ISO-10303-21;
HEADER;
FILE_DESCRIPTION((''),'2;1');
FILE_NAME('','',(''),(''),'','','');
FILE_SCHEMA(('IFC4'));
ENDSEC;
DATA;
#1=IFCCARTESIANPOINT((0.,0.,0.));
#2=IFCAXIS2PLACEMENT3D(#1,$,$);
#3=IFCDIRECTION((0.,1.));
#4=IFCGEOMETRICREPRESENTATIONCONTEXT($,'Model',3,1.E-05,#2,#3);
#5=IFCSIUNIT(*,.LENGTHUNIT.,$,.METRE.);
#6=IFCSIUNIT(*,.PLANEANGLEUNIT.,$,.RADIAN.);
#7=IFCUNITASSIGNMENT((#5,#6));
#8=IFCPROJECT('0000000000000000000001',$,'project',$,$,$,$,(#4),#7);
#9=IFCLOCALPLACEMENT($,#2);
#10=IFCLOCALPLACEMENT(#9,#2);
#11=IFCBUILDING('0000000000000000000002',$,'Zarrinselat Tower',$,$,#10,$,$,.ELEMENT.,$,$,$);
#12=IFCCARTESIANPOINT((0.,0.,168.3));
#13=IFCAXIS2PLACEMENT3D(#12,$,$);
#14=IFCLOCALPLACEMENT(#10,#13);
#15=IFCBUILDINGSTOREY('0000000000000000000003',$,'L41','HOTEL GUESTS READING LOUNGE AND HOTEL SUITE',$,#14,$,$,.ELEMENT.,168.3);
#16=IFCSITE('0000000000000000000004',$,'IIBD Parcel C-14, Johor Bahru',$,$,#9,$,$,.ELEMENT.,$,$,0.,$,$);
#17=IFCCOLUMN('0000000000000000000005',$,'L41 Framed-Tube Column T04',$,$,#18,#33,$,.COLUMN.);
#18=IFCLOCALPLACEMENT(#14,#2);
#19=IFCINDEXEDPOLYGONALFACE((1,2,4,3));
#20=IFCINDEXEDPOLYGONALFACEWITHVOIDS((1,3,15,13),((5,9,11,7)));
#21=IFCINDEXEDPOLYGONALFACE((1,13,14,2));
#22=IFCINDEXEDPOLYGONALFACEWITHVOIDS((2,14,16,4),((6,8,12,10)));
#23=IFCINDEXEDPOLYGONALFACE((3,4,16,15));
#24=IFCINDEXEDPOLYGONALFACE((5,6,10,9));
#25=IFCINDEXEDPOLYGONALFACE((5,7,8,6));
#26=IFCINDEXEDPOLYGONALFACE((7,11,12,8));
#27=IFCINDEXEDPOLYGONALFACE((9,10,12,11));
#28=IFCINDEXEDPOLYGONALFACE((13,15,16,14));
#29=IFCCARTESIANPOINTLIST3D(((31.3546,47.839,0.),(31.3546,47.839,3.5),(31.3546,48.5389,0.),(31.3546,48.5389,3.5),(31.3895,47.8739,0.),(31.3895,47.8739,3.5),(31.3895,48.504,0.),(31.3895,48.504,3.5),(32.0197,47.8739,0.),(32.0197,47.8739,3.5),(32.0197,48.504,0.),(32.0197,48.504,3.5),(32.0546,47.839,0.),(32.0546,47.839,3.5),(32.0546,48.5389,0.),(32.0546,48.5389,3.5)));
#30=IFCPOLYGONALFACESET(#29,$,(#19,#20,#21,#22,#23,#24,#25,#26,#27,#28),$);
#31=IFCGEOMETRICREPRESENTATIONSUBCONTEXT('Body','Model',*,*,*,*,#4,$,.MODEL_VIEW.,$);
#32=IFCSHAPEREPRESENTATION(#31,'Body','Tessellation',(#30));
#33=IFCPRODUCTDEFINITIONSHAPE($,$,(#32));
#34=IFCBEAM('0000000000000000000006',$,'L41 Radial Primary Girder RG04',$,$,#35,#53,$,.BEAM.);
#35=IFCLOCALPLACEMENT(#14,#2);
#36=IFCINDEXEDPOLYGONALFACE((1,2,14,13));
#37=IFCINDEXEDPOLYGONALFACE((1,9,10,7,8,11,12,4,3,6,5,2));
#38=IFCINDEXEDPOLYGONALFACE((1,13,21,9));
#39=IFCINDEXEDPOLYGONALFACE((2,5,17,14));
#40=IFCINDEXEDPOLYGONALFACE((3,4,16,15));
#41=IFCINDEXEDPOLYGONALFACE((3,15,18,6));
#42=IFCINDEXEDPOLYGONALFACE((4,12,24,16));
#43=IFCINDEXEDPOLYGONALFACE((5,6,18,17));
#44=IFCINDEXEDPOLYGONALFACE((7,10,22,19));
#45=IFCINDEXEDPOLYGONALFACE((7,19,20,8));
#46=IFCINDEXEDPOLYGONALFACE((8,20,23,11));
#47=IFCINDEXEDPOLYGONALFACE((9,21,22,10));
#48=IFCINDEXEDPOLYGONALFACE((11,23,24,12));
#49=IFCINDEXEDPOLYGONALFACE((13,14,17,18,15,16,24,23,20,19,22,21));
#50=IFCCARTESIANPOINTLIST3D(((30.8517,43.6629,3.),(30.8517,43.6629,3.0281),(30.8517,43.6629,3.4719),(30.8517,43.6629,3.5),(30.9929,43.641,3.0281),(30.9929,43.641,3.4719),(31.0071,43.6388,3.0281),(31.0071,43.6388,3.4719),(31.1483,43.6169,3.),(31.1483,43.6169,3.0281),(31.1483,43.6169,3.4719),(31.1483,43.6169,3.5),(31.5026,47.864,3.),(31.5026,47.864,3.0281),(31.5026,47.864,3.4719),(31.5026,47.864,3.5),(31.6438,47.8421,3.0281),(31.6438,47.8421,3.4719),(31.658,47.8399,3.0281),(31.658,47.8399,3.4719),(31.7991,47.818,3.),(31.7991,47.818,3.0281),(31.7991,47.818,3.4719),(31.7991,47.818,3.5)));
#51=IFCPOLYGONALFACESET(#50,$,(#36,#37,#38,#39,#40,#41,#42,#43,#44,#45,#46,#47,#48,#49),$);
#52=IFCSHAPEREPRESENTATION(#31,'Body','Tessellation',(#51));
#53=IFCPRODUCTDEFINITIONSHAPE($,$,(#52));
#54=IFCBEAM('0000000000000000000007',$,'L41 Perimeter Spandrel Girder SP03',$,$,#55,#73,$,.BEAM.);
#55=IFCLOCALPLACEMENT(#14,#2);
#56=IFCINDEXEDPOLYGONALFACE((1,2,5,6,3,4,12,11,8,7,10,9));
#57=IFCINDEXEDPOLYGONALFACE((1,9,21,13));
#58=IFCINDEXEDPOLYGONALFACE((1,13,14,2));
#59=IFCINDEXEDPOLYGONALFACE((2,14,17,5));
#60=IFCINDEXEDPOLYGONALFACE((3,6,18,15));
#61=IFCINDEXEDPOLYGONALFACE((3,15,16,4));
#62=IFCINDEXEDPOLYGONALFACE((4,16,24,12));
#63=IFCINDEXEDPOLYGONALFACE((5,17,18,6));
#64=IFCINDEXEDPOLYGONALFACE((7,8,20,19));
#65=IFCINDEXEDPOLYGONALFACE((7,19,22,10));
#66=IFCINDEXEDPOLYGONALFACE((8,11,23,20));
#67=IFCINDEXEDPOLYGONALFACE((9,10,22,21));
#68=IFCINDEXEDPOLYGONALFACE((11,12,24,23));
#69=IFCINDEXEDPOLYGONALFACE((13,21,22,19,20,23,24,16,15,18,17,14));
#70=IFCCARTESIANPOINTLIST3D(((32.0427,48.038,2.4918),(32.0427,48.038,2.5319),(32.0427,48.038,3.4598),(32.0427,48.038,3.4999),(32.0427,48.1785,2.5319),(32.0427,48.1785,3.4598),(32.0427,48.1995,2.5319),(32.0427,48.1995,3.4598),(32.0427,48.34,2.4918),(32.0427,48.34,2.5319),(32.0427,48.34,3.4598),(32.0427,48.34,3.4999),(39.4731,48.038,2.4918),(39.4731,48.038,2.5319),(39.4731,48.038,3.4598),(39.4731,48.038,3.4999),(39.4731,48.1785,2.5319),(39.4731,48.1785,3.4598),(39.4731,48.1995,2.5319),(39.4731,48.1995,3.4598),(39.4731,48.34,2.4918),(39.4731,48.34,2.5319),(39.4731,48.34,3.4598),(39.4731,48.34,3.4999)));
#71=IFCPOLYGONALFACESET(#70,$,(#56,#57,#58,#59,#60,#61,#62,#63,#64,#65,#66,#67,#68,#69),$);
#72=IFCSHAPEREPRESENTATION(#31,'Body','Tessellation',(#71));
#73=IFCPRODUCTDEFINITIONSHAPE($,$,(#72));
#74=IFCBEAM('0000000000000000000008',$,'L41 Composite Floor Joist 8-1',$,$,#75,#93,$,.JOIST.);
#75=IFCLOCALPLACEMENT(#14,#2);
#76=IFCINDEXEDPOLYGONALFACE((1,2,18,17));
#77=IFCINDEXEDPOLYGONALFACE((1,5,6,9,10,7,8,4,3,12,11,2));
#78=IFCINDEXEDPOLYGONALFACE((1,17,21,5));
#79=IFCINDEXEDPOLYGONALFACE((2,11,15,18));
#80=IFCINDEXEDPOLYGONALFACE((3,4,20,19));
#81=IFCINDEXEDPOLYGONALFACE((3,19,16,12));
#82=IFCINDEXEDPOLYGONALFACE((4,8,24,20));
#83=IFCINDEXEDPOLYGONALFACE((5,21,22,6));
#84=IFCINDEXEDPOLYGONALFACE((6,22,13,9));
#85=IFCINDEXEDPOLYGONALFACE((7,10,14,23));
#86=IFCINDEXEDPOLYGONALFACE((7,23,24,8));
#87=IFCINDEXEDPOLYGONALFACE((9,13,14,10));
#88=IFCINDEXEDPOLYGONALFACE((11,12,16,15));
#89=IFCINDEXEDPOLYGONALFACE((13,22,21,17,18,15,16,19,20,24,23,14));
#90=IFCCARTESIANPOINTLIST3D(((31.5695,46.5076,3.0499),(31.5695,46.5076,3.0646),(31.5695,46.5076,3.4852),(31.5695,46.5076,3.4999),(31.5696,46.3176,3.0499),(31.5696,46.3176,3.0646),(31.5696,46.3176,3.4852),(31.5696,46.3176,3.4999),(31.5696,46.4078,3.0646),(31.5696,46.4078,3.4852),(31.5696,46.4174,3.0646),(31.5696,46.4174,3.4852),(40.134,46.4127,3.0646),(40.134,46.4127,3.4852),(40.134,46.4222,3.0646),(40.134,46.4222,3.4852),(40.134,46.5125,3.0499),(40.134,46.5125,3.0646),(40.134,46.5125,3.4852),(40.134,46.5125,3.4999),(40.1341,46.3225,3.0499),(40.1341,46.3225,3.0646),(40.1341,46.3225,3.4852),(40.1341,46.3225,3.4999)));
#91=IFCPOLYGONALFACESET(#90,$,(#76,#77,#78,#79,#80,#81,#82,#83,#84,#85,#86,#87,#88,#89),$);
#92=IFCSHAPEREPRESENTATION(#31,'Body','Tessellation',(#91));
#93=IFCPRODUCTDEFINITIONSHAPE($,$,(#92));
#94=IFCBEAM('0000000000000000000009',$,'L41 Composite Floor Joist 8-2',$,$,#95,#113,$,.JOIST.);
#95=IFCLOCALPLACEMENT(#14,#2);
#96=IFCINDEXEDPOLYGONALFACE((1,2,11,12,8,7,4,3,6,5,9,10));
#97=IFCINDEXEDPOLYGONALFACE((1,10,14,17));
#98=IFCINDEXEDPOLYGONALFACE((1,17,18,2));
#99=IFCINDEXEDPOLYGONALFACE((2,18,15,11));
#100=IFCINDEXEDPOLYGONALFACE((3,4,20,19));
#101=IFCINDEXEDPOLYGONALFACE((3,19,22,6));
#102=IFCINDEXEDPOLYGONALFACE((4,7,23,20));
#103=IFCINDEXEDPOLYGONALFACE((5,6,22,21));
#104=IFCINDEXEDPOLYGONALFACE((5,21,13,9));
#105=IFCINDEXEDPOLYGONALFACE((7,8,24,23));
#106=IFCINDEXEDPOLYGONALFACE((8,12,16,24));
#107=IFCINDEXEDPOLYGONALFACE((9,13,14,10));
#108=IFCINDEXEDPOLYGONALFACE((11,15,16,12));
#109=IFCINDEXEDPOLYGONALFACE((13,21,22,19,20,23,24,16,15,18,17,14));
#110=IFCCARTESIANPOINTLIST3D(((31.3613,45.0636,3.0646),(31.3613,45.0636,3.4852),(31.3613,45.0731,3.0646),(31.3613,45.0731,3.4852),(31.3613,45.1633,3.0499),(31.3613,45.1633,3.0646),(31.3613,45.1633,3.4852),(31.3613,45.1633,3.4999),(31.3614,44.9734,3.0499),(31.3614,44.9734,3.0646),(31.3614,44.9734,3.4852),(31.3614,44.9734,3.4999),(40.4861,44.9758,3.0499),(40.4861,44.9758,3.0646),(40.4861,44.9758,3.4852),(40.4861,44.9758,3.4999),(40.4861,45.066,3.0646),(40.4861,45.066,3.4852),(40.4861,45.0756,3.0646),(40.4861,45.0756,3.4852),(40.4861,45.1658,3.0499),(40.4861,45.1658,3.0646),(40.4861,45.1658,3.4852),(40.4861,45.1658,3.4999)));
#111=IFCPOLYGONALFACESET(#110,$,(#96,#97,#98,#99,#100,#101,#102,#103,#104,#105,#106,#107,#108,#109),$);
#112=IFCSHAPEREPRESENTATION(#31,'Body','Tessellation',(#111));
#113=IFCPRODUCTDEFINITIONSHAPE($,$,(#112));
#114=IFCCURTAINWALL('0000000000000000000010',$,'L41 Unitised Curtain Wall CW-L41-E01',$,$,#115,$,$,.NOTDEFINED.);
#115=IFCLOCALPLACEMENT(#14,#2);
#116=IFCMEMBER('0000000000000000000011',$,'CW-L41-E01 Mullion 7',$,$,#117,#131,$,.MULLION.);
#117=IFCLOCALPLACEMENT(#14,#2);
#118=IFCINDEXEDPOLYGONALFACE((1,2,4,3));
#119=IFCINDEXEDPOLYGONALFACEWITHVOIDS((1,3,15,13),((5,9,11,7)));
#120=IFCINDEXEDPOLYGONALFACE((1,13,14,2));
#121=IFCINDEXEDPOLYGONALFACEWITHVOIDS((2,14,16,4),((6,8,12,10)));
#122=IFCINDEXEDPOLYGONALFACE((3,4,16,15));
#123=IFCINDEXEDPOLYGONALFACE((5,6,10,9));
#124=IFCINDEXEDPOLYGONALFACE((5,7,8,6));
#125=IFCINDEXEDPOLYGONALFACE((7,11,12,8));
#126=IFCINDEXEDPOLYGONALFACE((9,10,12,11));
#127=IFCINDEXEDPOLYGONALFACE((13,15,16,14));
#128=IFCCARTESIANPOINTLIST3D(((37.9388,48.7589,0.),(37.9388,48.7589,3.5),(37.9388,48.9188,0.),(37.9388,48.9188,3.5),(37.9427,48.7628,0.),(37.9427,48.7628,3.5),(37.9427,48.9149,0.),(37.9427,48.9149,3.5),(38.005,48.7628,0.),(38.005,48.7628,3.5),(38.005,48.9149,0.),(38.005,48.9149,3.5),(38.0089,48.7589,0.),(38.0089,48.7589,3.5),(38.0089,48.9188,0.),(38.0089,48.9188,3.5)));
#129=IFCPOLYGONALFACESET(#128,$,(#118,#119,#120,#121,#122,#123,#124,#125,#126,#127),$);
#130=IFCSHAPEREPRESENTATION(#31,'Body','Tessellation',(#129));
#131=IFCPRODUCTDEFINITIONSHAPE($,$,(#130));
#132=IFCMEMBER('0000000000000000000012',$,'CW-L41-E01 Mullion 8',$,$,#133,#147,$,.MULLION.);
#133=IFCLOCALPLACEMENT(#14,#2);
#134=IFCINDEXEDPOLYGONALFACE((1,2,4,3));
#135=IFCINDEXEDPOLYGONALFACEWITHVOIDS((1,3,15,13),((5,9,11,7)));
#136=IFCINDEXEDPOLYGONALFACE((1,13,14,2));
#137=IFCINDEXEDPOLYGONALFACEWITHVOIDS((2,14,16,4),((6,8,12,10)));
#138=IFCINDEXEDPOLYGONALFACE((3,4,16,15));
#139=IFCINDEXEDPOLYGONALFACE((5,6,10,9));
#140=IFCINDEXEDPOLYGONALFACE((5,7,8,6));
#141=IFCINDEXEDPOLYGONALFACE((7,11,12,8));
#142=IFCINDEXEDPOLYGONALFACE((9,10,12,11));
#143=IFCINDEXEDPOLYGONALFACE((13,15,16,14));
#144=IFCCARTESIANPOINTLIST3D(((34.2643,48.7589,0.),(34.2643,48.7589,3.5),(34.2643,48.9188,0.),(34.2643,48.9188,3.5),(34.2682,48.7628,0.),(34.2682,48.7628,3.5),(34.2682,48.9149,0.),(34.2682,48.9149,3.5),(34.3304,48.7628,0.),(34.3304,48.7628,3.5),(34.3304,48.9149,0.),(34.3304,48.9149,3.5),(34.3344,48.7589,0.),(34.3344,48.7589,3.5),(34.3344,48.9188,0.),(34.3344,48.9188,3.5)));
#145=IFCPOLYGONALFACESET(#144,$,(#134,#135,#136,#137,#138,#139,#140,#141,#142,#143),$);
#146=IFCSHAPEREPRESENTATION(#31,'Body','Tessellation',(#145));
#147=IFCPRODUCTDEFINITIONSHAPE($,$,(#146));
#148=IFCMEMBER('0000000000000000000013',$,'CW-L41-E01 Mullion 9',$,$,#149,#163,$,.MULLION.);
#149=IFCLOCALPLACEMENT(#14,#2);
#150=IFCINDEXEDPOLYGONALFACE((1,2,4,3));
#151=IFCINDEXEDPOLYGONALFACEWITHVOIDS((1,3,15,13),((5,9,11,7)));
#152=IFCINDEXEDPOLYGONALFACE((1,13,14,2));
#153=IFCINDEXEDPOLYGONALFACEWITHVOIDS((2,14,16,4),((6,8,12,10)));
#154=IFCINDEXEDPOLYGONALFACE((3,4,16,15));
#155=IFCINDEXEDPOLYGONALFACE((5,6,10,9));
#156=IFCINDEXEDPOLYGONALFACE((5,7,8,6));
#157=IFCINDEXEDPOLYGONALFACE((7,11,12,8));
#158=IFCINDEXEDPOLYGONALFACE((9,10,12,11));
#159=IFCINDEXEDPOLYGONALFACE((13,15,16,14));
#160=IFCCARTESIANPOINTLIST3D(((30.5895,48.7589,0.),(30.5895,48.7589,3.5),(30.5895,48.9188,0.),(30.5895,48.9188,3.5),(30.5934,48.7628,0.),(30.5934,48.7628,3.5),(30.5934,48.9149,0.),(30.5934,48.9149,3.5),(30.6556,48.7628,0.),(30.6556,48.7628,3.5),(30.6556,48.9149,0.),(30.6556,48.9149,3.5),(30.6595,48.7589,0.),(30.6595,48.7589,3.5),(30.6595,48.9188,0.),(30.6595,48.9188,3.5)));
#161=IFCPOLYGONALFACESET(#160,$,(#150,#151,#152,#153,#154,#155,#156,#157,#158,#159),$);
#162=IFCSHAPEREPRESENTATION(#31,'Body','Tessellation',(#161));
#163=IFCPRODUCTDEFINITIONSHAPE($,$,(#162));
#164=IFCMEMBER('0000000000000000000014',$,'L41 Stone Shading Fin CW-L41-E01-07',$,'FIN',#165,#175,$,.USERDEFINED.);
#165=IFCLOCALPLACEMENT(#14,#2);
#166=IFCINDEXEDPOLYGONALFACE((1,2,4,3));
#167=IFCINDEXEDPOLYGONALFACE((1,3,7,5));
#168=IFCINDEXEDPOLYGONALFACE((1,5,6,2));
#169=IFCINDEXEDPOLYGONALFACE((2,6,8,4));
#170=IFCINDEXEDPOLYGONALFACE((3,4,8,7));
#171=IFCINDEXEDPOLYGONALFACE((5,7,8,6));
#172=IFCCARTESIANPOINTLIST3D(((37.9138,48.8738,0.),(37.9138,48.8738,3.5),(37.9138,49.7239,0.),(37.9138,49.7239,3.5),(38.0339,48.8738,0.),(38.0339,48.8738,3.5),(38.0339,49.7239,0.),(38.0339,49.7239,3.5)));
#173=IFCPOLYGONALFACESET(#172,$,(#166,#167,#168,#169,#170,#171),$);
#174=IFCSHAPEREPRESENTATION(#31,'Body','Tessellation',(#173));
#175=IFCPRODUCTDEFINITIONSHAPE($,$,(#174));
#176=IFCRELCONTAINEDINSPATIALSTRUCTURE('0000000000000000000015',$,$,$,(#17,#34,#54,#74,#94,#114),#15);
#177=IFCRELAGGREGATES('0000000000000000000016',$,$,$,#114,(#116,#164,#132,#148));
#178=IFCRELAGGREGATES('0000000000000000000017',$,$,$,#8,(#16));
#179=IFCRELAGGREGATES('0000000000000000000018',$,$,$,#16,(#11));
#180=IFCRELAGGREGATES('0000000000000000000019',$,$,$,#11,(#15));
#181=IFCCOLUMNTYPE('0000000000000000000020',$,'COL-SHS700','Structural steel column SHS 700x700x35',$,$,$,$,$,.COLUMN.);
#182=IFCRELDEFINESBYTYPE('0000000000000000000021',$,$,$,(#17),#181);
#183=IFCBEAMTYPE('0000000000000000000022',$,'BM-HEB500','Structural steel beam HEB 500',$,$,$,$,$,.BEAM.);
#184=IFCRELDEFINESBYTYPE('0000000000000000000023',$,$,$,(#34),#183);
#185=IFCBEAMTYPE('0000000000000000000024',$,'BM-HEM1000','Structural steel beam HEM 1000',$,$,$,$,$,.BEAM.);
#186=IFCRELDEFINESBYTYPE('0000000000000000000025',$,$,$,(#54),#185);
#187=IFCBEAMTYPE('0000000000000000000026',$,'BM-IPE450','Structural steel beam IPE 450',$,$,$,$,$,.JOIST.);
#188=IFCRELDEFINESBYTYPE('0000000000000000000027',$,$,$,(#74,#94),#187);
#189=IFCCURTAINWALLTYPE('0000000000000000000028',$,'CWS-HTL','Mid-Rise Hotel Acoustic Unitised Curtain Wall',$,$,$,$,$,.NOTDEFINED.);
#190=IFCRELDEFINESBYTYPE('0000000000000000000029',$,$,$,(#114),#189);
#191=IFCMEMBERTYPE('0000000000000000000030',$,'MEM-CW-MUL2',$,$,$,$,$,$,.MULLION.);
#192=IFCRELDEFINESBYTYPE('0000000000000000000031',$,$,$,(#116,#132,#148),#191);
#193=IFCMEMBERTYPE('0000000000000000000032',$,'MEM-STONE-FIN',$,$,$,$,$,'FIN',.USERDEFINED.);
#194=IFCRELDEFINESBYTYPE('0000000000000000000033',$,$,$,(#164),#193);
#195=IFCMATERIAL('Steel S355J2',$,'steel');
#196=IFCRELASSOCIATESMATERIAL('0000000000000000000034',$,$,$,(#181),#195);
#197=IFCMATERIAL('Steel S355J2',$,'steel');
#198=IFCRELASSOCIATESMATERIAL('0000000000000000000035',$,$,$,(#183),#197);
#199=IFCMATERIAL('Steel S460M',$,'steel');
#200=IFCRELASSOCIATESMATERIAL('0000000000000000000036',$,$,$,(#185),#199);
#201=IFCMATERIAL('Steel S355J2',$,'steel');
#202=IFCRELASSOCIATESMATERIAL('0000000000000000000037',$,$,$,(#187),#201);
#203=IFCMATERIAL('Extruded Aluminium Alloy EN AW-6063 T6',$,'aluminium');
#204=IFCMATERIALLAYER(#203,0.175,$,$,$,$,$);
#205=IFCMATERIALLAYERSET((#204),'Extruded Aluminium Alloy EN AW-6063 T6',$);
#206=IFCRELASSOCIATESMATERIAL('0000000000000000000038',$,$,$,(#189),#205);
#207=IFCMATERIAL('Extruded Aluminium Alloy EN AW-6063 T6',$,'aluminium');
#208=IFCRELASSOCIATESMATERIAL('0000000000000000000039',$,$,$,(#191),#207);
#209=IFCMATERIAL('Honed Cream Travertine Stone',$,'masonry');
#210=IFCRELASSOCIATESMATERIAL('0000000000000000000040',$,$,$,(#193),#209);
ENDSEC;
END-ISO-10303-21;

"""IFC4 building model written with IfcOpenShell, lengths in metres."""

from ifc_helpers import new_model, si_unit, direction, frame, origin, origin_2d, place, context, subcontext, project, spatial, rectangle, hollow_rectangle, i_section, extrude, material, layer, layer_set, material_profile, profile_set, type_object, element, aggregate, save


model = new_model("IFC4")

# Units and contexts
model_context = context("Model", 3, precision=1e-05, world=origin(), true_north=direction((0.0, 1.0)))
body_context = subcontext(model_context, "Body", "Model", "MODEL_VIEW")
ifc_project = project(units=[si_unit("LENGTHUNIT", "METRE"), si_unit("PLANEANGLEUNIT", "RADIAN")], contexts=[model_context])

# Site, building, storey
site_placement = place(None, origin())
site = spatial("IfcSite", under=ifc_project, at=site_placement, Name="IIBD Parcel C-14, Johor Bahru", CompositionType="ELEMENT", RefElevation=0.0)
building_placement = place(site_placement, origin())
building = spatial("IfcBuilding", under=site, at=building_placement, Name="Zarrinselat Tower", CompositionType="ELEMENT")
storey_placement = place(building_placement, frame((0.0, 0.0, 168.3)))
storey = spatial("IfcBuildingStorey", under=building, at=storey_placement, Name="L41", Description="HOTEL GUESTS READING LOUNGE AND HOTEL SUITE", CompositionType="ELEMENT", Elevation=168.3)

# Column
ifc_material_1 = material(Name="Steel S355J2", Category="steel")
ifc_material_profile_1 = material_profile(ifc_material_1, hollow_rectangle(XDim=0.7, YDim=0.7, WallThickness=0.0349, at=origin_2d()), Name="SHS 700x700x35")
ifc_profile_set_1 = profile_set([ifc_material_profile_1], Name="Steel S355J2")
column_type = type_object("IfcColumnType", Name="COL-SHS700", Description="Structural steel column SHS 700x700x35", PredefinedType="COLUMN", material=ifc_profile_set_1)
column_placement = place(storey_placement, frame((31.7046, 48.189, 0.0), z_axis=(0.0, 0.0, 1.0), x_axis=(1.0, 0.0, 0.0)))
element("IfcColumn", 1, at=column_placement, inside=storey, type_object=column_type, Name="L41 Framed-Tube Column T04", PredefinedType="COLUMN", context=body_context, shape_type="SweptSolid", body=[
    extrude(hollow_rectangle(XDim=0.7, YDim=0.7, WallThickness=0.0349, at=origin_2d()), origin(), (0.0, 0.0, 1.0), 3.5),
])

# Beams
ifc_material_2 = material(Name="Steel S355J2", Category="steel")
ifc_material_profile_2 = material_profile(ifc_material_2, i_section(OverallWidth=0.3, OverallDepth=0.5, WebThickness=0.0144, FlangeThickness=0.0281, at=origin_2d()), Name="HEB 500")
ifc_profile_set_2 = profile_set([ifc_material_profile_2], Name="Steel S355J2")
beam_type_1 = type_object("IfcBeamType", Name="BM-HEB500", Description="Structural steel beam HEB 500", PredefinedType="BEAM", material=ifc_profile_set_2)
beam_1_placement = place(storey_placement, frame((31.0, 43.6399, 3.25), z_axis=(0.153101, 0.98821, 0.0), x_axis=(-0.98821, 0.153101, 0.0)))
element("IfcBeam", 2, at=beam_1_placement, inside=storey, type_object=beam_type_1, Name="L41 Radial Primary Girder RG04", PredefinedType="BEAM", context=body_context, shape_type="SweptSolid", body=[
    extrude(i_section(OverallWidth=0.3, OverallDepth=0.5, WebThickness=0.0144, FlangeThickness=0.0281, at=origin_2d()), origin(), (0.0, 0.0, 1.0), 4.2512),
])
ifc_material_3 = material(Name="Steel S460M", Category="steel")
ifc_material_profile_3 = material_profile(ifc_material_3, i_section(OverallWidth=0.302, OverallDepth=1.0081, WebThickness=0.021, FlangeThickness=0.04, at=origin_2d()), Name="HEM 1000")
ifc_profile_set_3 = profile_set([ifc_material_profile_3], Name="Steel S460M")
beam_type_2 = type_object("IfcBeamType", Name="BM-HEM1000", Description="Structural steel beam HEM 1000", PredefinedType="BEAM", material=ifc_profile_set_3)
beam_2_placement = place(storey_placement, frame((32.0427, 48.189, 2.9958), z_axis=(1.0, 0.0, 0.0), x_axis=(0.0, 1.0, 0.0)))
element("IfcBeam", 3, at=beam_2_placement, inside=storey, type_object=beam_type_2, Name="L41 Perimeter Spandrel Girder SP03", PredefinedType="BEAM", context=body_context, shape_type="SweptSolid", body=[
    extrude(i_section(OverallWidth=0.302, OverallDepth=1.0081, WebThickness=0.021, FlangeThickness=0.04, at=origin_2d()), origin(), (0.0, 0.0, 1.0), 7.4304),
])
ifc_material_4 = material(Name="Steel S355J2", Category="steel")
ifc_material_profile_4 = material_profile(ifc_material_4, i_section(OverallWidth=0.1899, OverallDepth=0.45, WebThickness=0.0095, FlangeThickness=0.0146, at=origin_2d()), Name="IPE 450")
ifc_profile_set_4 = profile_set([ifc_material_profile_4], Name="Steel S355J2")
beam_type_3 = type_object("IfcBeamType", Name="BM-IPE450", Description="Structural steel beam IPE 450", PredefinedType="JOIST", material=ifc_profile_set_4)
beam_3_placement = place(storey_placement, frame((31.5696, 46.4126, 3.2749), z_axis=(1.0, 0.00057, 0.0), x_axis=(-0.00057, 1.0, 0.0)))
element("IfcBeam", 4, at=beam_3_placement, inside=storey, type_object=beam_type_3, Name="L41 Composite Floor Joist 8-1", PredefinedType="JOIST", context=body_context, shape_type="SweptSolid", body=[
    extrude(i_section(OverallWidth=0.1899, OverallDepth=0.45, WebThickness=0.0095, FlangeThickness=0.0146, at=origin_2d()), origin(), (0.0, 0.0, 1.0), 8.5645),
])
beam_4_placement = place(storey_placement, frame((31.3613, 45.0684, 3.2749), z_axis=(1.0, 0.000268, 0.0), x_axis=(-0.000268, 1.0, 0.0)))
element("IfcBeam", 5, at=beam_4_placement, inside=storey, type_object=beam_type_3, Name="L41 Composite Floor Joist 8-2", PredefinedType="JOIST", context=body_context, shape_type="SweptSolid", body=[
    extrude(i_section(OverallWidth=0.1899, OverallDepth=0.45, WebThickness=0.0095, FlangeThickness=0.0146, at=origin_2d()), origin(), (0.0, 0.0, 1.0), 9.1248),
])

# Curtain wall, members
ifc_material_5 = material(Name="Extruded Aluminium Alloy EN AW-6063 T6", Category="aluminium")
ifc_layer_1 = layer(ifc_material_5, 0.175)
ifc_layer_set_1 = layer_set([ifc_layer_1], Name="Extruded Aluminium Alloy EN AW-6063 T6")
curtain_wall_type = type_object("IfcCurtainWallType", Name="CWS-HTL", Description="Mid-Rise Hotel Acoustic Unitised Curtain Wall", PredefinedType="NOTDEFINED", material=ifc_layer_set_1)
curtain_wall_placement = place(storey_placement, origin())
curtain_wall = element("IfcCurtainWall", 6, at=curtain_wall_placement, inside=storey, type_object=curtain_wall_type, Name="L41 Unitised Curtain Wall CW-L41-E01", PredefinedType="NOTDEFINED")
ifc_material_6 = material(Name="Extruded Aluminium Alloy EN AW-6063 T6", Category="aluminium")
ifc_material_profile_5 = material_profile(ifc_material_6, hollow_rectangle(XDim=0.0701, YDim=0.1599, WallThickness=0.0039, at=origin_2d()), Name="RHS 160x70x4")
ifc_profile_set_5 = profile_set([ifc_material_profile_5], Name="Extruded Aluminium Alloy EN AW-6063 T6")
member_type_1 = type_object("IfcMemberType", Name="MEM-CW-MUL2", PredefinedType="MULLION", material=ifc_profile_set_5)
member_1_placement = place(storey_placement, frame((37.9739, 48.8389, 0.0), z_axis=(0.0, 0.0, 1.0), x_axis=(-1.0, 0.0, 0.0)))
member_1 = element("IfcMember", 7, at=member_1_placement, type_object=member_type_1, Name="CW-L41-E01 Mullion 7", PredefinedType="MULLION", context=body_context, shape_type="SweptSolid", body=[
    extrude(hollow_rectangle(XDim=0.0701, YDim=0.1599, WallThickness=0.0039, at=origin_2d()), origin(), (0.0, 0.0, 1.0), 3.5),
])
member_2_placement = place(storey_placement, frame((34.2993, 48.8389, 0.0), z_axis=(0.0, 0.0, 1.0), x_axis=(-1.0, 0.0, 0.0)))
member_2 = element("IfcMember", 8, at=member_2_placement, type_object=member_type_1, Name="CW-L41-E01 Mullion 8", PredefinedType="MULLION", context=body_context, shape_type="SweptSolid", body=[
    extrude(hollow_rectangle(XDim=0.0701, YDim=0.1599, WallThickness=0.0039, at=origin_2d()), origin(), (0.0, 0.0, 1.0), 3.5),
])
member_3_placement = place(storey_placement, frame((30.6245, 48.8389, 0.0), z_axis=(0.0, 0.0, 1.0), x_axis=(-1.0, 0.0, 0.0)))
member_3 = element("IfcMember", 9, at=member_3_placement, type_object=member_type_1, Name="CW-L41-E01 Mullion 9", PredefinedType="MULLION", context=body_context, shape_type="SweptSolid", body=[
    extrude(hollow_rectangle(XDim=0.0701, YDim=0.1599, WallThickness=0.0039, at=origin_2d()), origin(), (0.0, 0.0, 1.0), 3.5),
])
ifc_material_7 = material(Name="Honed Cream Travertine Stone", Category="masonry")
ifc_material_profile_6 = material_profile(ifc_material_7, rectangle(XDim=0.1201, YDim=0.8501, at=origin_2d()), Name="FIN 850x120")
ifc_profile_set_6 = profile_set([ifc_material_profile_6], Name="Honed Cream Travertine Stone")
member_type_2 = type_object("IfcMemberType", Name="MEM-STONE-FIN", ElementType="FIN", PredefinedType="USERDEFINED", material=ifc_profile_set_6)
member_4_placement = place(storey_placement, frame((37.9739, 49.2988, 0.0), z_axis=(0.0, 0.0, 1.0), x_axis=(1.0, 0.0, 0.0)))
member_4 = element("IfcMember", 10, at=member_4_placement, type_object=member_type_2, Name="L41 Stone Shading Fin CW-L41-E01-07", ObjectType="FIN", PredefinedType="USERDEFINED", context=body_context, shape_type="SweptSolid", body=[
    extrude(rectangle(XDim=0.1201, YDim=0.8501, at=origin_2d()), origin(), (0.0, 0.0, 1.0), 3.5),
])
aggregate(curtain_wall, [member_1, member_4, member_2, member_3])

save(model, "model.ifc")
